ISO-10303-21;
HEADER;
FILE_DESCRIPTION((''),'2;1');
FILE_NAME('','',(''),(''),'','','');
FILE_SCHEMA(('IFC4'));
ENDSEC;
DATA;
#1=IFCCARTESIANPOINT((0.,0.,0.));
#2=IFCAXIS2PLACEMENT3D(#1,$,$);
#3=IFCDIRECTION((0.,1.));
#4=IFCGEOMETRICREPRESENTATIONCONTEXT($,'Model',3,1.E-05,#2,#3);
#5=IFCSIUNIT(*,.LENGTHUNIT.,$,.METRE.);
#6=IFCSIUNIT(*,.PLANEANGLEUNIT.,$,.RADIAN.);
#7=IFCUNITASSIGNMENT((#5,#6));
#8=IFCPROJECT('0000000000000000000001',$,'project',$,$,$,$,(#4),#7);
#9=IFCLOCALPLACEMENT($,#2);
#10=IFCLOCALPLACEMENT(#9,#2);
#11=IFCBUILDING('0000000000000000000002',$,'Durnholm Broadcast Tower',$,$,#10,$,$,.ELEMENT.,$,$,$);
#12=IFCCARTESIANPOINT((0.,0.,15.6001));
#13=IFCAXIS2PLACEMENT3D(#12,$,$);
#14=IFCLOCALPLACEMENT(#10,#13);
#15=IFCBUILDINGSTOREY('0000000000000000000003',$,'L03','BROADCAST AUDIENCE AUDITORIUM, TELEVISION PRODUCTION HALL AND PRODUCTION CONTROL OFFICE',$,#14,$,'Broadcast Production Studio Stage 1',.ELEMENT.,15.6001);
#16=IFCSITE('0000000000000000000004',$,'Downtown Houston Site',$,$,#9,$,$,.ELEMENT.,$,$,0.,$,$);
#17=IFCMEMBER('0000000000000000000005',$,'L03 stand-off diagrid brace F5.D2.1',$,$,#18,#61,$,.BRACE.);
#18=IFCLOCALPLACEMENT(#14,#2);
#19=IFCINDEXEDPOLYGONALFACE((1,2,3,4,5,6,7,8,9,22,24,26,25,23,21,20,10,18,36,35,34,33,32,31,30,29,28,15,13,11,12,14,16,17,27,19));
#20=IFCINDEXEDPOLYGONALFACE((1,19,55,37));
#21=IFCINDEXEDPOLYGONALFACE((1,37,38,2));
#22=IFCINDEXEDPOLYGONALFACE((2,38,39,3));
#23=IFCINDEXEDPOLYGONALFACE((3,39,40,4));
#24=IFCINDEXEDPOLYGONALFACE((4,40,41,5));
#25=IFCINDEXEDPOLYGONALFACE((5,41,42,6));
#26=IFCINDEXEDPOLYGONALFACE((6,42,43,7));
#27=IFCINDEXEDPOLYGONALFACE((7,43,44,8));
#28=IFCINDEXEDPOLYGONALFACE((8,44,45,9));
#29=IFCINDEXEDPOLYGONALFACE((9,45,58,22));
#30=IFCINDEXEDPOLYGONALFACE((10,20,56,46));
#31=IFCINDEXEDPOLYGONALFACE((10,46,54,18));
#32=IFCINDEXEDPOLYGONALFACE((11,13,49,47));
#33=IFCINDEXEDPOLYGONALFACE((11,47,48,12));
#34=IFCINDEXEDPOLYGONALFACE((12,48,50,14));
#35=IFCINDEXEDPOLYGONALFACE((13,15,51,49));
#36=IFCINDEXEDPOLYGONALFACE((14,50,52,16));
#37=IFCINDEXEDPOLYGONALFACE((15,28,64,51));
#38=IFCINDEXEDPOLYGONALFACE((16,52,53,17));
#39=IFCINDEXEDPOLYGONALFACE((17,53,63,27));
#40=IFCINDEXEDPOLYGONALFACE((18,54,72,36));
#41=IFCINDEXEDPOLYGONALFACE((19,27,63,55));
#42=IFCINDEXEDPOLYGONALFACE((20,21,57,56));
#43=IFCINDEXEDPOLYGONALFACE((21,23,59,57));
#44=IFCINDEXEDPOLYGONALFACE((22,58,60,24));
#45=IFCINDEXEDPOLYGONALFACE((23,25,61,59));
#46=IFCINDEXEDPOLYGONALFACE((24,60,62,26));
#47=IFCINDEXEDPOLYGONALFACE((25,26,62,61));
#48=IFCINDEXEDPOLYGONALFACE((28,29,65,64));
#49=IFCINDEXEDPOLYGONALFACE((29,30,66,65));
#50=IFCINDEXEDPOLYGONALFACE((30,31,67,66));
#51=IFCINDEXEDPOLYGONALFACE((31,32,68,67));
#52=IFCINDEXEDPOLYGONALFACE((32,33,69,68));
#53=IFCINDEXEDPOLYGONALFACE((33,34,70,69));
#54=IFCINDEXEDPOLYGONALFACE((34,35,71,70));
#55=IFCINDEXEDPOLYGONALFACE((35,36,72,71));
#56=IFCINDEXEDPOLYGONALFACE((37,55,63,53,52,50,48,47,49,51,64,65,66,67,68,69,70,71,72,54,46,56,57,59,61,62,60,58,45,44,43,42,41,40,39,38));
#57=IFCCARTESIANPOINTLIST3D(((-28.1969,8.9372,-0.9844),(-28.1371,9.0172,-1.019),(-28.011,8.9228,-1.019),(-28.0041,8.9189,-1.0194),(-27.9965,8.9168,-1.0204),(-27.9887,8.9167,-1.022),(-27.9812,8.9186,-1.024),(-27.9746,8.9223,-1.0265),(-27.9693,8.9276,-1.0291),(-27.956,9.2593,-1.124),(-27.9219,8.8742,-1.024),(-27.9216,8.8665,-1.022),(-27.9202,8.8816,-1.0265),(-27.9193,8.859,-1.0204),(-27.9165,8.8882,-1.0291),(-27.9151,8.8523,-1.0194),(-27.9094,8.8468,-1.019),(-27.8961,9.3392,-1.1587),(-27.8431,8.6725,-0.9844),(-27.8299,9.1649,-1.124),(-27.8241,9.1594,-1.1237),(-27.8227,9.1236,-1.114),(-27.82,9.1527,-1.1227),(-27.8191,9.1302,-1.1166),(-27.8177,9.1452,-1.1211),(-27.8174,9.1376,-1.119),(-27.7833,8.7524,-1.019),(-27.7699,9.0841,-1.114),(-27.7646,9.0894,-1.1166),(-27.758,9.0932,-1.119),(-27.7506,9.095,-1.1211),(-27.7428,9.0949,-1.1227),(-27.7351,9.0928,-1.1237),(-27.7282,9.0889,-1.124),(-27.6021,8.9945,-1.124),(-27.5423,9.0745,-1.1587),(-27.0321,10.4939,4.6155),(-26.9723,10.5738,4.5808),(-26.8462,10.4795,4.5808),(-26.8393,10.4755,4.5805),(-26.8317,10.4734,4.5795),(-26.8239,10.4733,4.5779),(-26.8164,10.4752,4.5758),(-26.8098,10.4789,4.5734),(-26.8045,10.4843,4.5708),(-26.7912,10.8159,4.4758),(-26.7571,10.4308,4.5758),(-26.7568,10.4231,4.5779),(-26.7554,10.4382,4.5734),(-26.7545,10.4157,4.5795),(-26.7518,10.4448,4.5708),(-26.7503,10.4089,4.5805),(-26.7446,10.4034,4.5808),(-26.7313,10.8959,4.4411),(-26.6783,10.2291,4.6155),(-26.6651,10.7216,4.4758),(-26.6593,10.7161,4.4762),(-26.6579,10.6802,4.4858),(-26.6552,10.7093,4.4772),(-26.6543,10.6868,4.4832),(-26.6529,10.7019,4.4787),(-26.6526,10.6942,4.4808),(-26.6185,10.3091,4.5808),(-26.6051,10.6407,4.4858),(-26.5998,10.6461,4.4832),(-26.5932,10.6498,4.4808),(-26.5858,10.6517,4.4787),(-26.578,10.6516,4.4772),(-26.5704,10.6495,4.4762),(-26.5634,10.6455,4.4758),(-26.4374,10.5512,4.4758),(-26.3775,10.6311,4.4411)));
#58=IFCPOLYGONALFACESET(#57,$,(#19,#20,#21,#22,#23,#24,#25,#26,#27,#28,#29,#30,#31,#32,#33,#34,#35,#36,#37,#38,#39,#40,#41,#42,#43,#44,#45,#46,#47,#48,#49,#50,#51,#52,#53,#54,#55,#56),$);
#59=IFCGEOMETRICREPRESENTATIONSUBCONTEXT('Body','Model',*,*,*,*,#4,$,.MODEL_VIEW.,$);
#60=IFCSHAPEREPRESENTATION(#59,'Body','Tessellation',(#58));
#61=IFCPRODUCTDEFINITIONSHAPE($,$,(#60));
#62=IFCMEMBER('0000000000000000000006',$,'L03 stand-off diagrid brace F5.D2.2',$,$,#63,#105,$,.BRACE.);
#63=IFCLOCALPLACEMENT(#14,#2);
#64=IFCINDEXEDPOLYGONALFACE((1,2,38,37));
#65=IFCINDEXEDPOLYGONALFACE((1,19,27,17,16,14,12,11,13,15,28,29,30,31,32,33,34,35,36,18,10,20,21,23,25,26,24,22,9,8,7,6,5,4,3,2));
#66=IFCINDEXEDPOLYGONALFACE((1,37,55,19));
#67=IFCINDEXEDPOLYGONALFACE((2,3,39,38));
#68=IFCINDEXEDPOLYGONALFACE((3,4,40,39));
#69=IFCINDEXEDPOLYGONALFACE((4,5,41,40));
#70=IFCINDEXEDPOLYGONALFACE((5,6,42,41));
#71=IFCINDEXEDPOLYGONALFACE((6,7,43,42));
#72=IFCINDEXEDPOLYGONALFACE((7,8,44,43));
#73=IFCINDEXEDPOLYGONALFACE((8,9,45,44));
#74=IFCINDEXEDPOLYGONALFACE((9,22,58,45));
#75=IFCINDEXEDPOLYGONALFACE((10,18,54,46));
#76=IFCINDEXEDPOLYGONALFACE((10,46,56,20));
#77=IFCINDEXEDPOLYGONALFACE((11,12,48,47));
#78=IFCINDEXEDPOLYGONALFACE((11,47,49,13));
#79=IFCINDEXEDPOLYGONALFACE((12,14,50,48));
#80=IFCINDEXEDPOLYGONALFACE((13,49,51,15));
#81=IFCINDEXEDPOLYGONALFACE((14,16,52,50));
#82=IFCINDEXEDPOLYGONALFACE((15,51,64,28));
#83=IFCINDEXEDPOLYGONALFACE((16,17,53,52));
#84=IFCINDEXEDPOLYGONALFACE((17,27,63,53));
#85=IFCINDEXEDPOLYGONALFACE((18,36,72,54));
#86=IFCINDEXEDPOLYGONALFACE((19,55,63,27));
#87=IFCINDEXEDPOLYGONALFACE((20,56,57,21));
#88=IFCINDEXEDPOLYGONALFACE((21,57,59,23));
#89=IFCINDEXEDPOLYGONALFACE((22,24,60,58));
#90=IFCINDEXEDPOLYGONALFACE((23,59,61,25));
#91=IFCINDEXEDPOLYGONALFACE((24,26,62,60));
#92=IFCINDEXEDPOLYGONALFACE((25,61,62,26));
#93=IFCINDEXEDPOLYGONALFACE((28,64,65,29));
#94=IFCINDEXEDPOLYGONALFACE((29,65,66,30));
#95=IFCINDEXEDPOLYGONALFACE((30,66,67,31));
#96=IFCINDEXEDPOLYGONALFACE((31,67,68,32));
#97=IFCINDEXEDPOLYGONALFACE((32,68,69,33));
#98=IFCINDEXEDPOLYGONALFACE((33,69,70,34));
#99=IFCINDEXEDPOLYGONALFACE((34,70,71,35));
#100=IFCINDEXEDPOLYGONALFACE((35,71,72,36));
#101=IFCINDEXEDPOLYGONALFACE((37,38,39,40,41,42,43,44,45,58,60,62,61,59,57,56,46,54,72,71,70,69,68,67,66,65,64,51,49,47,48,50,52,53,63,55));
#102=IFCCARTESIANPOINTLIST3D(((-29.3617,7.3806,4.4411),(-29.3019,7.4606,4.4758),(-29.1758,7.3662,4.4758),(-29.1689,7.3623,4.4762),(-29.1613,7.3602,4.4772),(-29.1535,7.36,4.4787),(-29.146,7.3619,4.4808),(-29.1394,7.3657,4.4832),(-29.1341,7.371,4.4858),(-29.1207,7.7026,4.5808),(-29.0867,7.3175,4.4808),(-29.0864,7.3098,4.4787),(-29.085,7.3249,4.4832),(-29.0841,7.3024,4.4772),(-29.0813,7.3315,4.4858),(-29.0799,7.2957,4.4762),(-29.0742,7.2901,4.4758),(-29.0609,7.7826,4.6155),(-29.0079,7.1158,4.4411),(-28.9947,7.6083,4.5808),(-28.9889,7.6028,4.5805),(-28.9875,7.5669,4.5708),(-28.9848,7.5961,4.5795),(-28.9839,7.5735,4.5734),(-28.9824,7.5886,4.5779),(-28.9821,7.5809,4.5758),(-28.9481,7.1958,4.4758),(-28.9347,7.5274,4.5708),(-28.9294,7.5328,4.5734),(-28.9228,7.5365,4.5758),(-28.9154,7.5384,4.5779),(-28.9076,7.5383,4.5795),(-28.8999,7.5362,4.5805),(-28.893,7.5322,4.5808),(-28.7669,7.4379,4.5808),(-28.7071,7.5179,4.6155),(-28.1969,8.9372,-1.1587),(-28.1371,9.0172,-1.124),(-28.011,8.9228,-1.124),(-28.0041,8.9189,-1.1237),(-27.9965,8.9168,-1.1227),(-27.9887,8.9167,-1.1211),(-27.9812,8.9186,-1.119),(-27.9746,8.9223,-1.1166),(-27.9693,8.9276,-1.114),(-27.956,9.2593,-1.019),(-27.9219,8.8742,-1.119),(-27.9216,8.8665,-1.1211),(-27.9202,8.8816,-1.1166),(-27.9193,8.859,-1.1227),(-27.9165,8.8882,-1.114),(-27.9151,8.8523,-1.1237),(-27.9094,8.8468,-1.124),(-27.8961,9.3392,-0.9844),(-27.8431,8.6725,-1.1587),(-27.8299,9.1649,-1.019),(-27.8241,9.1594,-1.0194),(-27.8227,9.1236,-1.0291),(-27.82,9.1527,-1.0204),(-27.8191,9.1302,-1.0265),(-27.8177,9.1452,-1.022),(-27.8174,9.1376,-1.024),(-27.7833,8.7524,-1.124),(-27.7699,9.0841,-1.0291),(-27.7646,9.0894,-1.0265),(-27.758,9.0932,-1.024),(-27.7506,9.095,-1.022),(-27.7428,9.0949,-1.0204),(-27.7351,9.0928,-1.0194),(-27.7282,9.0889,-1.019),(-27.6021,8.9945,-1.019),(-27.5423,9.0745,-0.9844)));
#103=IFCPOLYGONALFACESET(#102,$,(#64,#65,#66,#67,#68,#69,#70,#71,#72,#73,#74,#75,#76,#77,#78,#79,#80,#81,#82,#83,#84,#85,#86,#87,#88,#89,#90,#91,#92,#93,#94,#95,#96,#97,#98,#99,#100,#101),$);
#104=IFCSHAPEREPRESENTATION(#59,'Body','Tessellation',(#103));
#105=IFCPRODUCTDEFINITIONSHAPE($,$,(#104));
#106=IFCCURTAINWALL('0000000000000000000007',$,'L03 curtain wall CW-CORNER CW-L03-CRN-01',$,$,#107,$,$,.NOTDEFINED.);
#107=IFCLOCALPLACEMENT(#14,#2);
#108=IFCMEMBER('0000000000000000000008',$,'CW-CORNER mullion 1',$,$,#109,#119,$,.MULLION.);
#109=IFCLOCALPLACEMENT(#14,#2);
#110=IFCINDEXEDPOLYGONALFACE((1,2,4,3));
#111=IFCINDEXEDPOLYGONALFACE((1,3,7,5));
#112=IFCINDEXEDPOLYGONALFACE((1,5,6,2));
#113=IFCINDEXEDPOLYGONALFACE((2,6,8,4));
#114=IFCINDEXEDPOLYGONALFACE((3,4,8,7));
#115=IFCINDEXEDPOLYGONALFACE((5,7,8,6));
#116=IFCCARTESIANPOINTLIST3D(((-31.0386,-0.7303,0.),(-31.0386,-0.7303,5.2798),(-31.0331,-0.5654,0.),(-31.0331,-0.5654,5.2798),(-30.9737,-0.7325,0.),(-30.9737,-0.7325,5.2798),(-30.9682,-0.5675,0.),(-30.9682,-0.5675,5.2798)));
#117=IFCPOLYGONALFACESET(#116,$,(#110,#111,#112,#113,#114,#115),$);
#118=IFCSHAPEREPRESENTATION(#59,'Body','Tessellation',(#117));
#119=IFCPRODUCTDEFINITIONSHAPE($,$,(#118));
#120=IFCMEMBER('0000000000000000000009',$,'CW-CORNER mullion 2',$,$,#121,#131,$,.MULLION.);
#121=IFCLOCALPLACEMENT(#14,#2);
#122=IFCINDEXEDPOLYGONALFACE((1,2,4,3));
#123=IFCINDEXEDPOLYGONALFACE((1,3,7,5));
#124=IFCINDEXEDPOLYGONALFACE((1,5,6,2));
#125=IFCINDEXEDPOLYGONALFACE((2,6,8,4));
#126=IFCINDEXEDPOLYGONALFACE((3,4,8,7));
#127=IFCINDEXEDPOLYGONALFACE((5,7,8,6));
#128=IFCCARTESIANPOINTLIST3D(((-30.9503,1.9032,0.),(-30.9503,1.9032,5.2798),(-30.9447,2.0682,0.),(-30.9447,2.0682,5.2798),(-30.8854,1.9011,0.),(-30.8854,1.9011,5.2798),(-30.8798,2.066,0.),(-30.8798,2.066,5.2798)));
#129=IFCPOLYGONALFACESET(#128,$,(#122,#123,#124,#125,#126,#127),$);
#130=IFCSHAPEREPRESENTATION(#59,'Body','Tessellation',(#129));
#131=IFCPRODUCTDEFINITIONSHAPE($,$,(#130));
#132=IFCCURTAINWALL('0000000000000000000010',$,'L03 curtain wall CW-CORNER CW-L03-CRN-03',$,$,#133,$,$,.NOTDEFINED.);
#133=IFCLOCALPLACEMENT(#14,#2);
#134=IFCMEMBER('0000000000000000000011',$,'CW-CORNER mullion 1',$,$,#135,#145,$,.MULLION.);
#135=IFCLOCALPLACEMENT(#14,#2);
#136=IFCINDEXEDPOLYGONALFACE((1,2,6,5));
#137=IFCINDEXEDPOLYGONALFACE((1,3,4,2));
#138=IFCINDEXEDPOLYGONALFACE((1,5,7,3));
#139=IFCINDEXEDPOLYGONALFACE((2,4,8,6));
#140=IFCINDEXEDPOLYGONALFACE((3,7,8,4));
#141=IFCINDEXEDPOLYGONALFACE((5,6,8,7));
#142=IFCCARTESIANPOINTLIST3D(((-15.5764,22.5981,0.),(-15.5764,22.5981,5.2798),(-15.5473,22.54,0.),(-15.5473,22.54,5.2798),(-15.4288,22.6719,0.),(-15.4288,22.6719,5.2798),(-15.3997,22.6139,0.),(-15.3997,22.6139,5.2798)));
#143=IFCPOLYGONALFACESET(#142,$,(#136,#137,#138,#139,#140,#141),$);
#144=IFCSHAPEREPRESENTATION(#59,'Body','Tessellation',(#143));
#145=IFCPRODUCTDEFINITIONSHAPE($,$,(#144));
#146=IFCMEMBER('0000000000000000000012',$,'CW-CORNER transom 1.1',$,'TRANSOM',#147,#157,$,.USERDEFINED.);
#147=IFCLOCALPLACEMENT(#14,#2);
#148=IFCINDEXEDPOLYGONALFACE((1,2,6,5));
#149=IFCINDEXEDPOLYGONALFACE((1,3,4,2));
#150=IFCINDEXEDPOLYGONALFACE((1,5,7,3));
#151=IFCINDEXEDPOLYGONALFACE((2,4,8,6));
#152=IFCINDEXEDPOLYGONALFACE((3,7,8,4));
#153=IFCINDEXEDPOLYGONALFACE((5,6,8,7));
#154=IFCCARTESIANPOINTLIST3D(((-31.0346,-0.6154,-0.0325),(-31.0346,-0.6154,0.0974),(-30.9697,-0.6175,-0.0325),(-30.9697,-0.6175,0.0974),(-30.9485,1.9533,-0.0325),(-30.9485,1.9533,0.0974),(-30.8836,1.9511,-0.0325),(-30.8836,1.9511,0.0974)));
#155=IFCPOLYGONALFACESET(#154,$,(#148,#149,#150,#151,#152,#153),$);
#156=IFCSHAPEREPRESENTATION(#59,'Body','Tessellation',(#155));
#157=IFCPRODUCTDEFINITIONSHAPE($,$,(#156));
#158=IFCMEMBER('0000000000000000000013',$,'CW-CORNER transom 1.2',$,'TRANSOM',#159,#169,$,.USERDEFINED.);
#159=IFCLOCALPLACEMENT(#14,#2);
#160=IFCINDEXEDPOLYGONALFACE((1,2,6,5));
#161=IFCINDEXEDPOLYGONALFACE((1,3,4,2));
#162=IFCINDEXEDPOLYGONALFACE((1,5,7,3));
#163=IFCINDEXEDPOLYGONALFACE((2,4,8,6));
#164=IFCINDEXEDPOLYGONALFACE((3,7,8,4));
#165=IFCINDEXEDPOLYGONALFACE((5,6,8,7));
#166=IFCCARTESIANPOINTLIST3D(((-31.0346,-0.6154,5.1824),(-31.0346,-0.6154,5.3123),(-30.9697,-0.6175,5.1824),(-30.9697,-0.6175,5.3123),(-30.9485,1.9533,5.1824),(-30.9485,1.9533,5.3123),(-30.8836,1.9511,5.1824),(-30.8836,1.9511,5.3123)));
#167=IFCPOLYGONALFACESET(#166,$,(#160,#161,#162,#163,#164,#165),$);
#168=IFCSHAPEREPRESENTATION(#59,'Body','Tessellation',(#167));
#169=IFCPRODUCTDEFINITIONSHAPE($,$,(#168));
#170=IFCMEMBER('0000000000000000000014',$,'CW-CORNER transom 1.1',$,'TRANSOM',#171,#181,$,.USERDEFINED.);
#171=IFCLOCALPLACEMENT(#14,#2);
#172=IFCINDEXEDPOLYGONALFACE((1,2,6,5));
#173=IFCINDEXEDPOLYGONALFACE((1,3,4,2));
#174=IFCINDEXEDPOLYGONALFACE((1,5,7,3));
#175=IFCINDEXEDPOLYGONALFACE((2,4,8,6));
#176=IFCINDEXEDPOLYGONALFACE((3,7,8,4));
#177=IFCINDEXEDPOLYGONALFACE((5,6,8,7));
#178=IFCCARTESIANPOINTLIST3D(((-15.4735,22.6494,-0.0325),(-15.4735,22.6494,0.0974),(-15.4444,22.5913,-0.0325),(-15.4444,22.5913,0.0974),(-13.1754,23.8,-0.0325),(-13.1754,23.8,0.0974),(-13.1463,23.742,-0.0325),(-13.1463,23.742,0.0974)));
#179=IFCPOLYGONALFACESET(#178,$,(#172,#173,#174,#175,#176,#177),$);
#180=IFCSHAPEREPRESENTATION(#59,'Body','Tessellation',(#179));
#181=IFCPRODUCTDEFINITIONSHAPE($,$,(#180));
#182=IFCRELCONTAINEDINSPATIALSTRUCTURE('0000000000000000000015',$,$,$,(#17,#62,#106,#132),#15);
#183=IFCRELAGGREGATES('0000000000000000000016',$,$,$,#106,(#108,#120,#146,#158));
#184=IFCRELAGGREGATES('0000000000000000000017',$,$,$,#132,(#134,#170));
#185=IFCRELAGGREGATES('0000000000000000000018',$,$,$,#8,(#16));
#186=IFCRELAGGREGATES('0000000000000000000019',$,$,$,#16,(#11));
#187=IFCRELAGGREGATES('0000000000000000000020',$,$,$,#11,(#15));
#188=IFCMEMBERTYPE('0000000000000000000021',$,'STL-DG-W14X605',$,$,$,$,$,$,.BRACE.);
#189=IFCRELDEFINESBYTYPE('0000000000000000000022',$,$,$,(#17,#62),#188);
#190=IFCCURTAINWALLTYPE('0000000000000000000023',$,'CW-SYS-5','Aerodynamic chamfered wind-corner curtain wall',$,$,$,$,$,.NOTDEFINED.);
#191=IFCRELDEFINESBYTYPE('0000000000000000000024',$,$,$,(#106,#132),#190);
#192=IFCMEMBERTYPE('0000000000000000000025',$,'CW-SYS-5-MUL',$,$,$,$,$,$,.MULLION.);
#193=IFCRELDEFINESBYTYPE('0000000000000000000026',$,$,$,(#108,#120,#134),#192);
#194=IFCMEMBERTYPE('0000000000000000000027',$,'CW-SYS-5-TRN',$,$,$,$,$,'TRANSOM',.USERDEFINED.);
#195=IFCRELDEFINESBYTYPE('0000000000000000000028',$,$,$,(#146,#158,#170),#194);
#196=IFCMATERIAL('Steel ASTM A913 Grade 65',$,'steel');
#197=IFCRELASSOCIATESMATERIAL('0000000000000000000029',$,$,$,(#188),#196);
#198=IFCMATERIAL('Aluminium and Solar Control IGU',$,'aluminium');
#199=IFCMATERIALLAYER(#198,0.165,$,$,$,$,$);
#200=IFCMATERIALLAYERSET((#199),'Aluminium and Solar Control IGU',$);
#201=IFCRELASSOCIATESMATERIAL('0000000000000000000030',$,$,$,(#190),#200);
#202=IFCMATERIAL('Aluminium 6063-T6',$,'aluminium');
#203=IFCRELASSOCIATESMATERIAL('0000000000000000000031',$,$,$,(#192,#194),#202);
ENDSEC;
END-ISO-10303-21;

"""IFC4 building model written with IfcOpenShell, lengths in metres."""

from ifc_helpers import new_model, si_unit, direction, frame, origin, origin_2d, place, context, subcontext, project, spatial, rectangle, i_section, extrude, source, transform, mapped, material, layer, layer_set, material_profile, profile_set, type_object, type_shapes, element, aggregate, save


model = new_model("IFC4")

# Units and contexts
model_context = context("Model", 3, precision=1e-05, world=origin(), true_north=direction((0.0, 1.0)))
body_context = subcontext(model_context, "Body", "Model", "MODEL_VIEW")
ifc_project = project(units=[si_unit("LENGTHUNIT", "METRE"), si_unit("PLANEANGLEUNIT", "RADIAN")], contexts=[model_context])

# Site, building, storey
site_placement = place(None, origin())
site = spatial("IfcSite", under=ifc_project, at=site_placement, Name="Downtown Houston Site", CompositionType="ELEMENT", RefElevation=0.0)
building_placement = place(site_placement, origin())
building = spatial("IfcBuilding", under=site, at=building_placement, Name="Durnholm Broadcast Tower", CompositionType="ELEMENT")
storey_placement = place(building_placement, frame((0.0, 0.0, 15.6001)))
storey = spatial("IfcBuildingStorey", under=building, at=storey_placement, Name="L03", Description="BROADCAST AUDIENCE AUDITORIUM, TELEVISION PRODUCTION HALL AND PRODUCTION CONTROL OFFICE", LongName="Broadcast Production Studio Stage 1", CompositionType="ELEMENT", Elevation=15.6001)

# Shared definitions
ifc_material_1 = material(Name="Steel ASTM A913 Grade 65", Category="steel")

# Members
ifc_material_profile_1 = material_profile(ifc_material_1, i_section(OverallWidth=0.4419, OverallDepth=0.5315, WebThickness=0.0659, FlangeThickness=0.1057, FilletRadius=0.0305, at=origin_2d()), Name="W14X605")
ifc_profile_set_1 = profile_set([ifc_material_profile_1], Name="Steel ASTM A913 Grade 65")
member_type_1 = type_object("IfcMemberType", Name="STL-DG-W14X605", PredefinedType="BRACE", material=ifc_profile_set_1)
shared_shape_1 = source(origin(), body_context, "Body", "SweptSolid", [
    extrude(i_section(OverallWidth=0.4419, OverallDepth=0.5315, WebThickness=0.0659, FlangeThickness=0.1057, FilletRadius=0.0305, at=origin_2d()), origin(), (0.0, 0.0, 1.0), 5.9277),
])
type_shapes(member_type_1, [shared_shape_1])
for number, where, z_axis, x_axis, name in (
    (1, (-27.8696, 9.0059, -1.0715), (0.196499, 0.262602, 0.944684), (-0.800663, 0.599116, 0.0), "L03 stand-off diagrid brace F5.D2.1"),
    (2, (-27.8696, 9.0059, -1.0715), (-0.196499, -0.262602, 0.944684), (0.800663, -0.599116, 0.0), "L03 stand-off diagrid brace F5.D2.2"),
):
    element("IfcMember", number, at=place(storey_placement, frame(where, z_axis=z_axis, x_axis=x_axis)), inside=storey, type_object=member_type_1, Name=name, PredefinedType="BRACE", context=body_context, shape_type="MappedRepresentation", body=[
        mapped(shared_shape_1, transform((0.0, 0.0, 0.0), x_axis=(1.0, 0.0, 0.0), y_axis=(0.0, 1.0, 0.0), z_axis=(0.0, 0.0, 1.0), scale=1.0)),
    ])

# Curtain wall, members
ifc_material_2 = material(Name="Aluminium and Solar Control IGU", Category="aluminium")
ifc_layer_1 = layer(ifc_material_2, 0.165)
ifc_layer_set_1 = layer_set([ifc_layer_1], Name="Aluminium and Solar Control IGU")
curtain_wall_type_1 = type_object("IfcCurtainWallType", Name="CW-SYS-5", Description="Aerodynamic chamfered wind-corner curtain wall", PredefinedType="NOTDEFINED", material=ifc_layer_set_1)
curtain_wall_1_placement = place(storey_placement, origin())
curtain_wall_1 = element("IfcCurtainWall", 3, at=curtain_wall_1_placement, inside=storey, type_object=curtain_wall_type_1, Name="L03 curtain wall CW-CORNER CW-L03-CRN-01", PredefinedType="NOTDEFINED")
ifc_material_3 = material(Name="Aluminium 6063-T6", Category="aluminium")
ifc_material_profile_2 = material_profile(ifc_material_3, rectangle(XDim=0.0649, YDim=0.165, at=origin_2d()), Name="CWM65X165")
ifc_profile_set_2 = profile_set([ifc_material_profile_2], Name="Aluminium 6063-T6")
member_type_2 = type_object("IfcMemberType", Name="CW-SYS-5-MUL", PredefinedType="MULLION", material=ifc_profile_set_2)
shared_shape_2 = source(origin(), body_context, "Body", "SweptSolid", [
    extrude(rectangle(XDim=0.0649, YDim=0.165, at=origin_2d()), origin(), (0.0, 0.0, 1.0), 5.2798),
])
type_shapes(member_type_2, [shared_shape_2])
member_1_placement = place(storey_placement, frame((-31.0034, -0.6489, 0.0), z_axis=(0.0, 0.0, 1.0), x_axis=(-0.999437, 0.033557, 0.0)))
member_1 = element("IfcMember", 4, at=member_1_placement, type_object=member_type_2, Name="CW-CORNER mullion 1", PredefinedType="MULLION", context=body_context, shape_type="MappedRepresentation", body=[
    mapped(shared_shape_2, transform((0.0, 0.0, 0.0), x_axis=(1.0, 0.0, 0.0), y_axis=(0.0, 1.0, 0.0), z_axis=(0.0, 0.0, 1.0), scale=1.0)),
])
member_2_placement = place(storey_placement, frame((-30.915, 1.9846, 0.0), z_axis=(0.0, 0.0, 1.0), x_axis=(-0.999437, 0.033557, 0.0)))
member_2 = element("IfcMember", 5, at=member_2_placement, type_object=member_type_2, Name="CW-CORNER mullion 2", PredefinedType="MULLION", context=body_context, shape_type="MappedRepresentation", body=[
    mapped(shared_shape_2, transform((0.0, 0.0, 0.0), x_axis=(1.0, 0.0, 0.0), y_axis=(0.0, 1.0, 0.0), z_axis=(0.0, 0.0, 1.0), scale=1.0)),
])

# Curtain wall, member
curtain_wall_2_placement = place(storey_placement, origin())
curtain_wall_2 = element("IfcCurtainWall", 6, at=curtain_wall_2_placement, inside=storey, type_object=curtain_wall_type_1, Name="L03 curtain wall CW-CORNER CW-L03-CRN-03", PredefinedType="NOTDEFINED")
member_3_placement = place(storey_placement, frame((-15.488, 22.606, 0.0), z_axis=(0.0, 0.0, 1.0), x_axis=(-0.447673, 0.894197, 0.0)))
member_3 = element("IfcMember", 7, at=member_3_placement, type_object=member_type_2, Name="CW-CORNER mullion 1", PredefinedType="MULLION", context=body_context, shape_type="MappedRepresentation", body=[
    mapped(shared_shape_2, transform((0.0, 0.0, 0.0), x_axis=(1.0, 0.0, 0.0), y_axis=(0.0, 1.0, 0.0), z_axis=(0.0, 0.0, 1.0), scale=1.0)),
])

# Members
ifc_material_profile_3 = material_profile(ifc_material_3, rectangle(XDim=0.0649, YDim=0.1299, at=origin_2d()), Name="CWT65X130")
ifc_profile_set_3 = profile_set([ifc_material_profile_3], Name="Aluminium 6063-T6")
member_type_3 = type_object("IfcMemberType", Name="CW-SYS-5-TRN", ElementType="TRANSOM", PredefinedType="USERDEFINED", material=ifc_profile_set_3)
shared_shape_3 = source(origin(), body_context, "Body", "SweptSolid", [
    extrude(rectangle(XDim=0.0649, YDim=0.1299, at=origin_2d()), origin(), (0.0, 0.0, 1.0), 2.5701),
])
type_shapes(member_type_3, [shared_shape_3])
member_4_placement = place(storey_placement, frame((-31.0022, -0.6165, 0.0325), z_axis=(0.033533, 0.999438, 0.0), x_axis=(-0.999438, 0.033533, 0.0)))
member_4 = element("IfcMember", 8, at=member_4_placement, type_object=member_type_3, Name="CW-CORNER transom 1.1", ObjectType="TRANSOM", PredefinedType="USERDEFINED", context=body_context, shape_type="MappedRepresentation", body=[
    mapped(shared_shape_3, transform((0.0, 0.0, 0.0), x_axis=(1.0, 0.0, 0.0), y_axis=(0.0, 1.0, 0.0), z_axis=(0.0, 0.0, 1.0), scale=1.0)),
])
member_5_placement = place(storey_placement, frame((-31.0022, -0.6165, 5.2473), z_axis=(0.033533, 0.999438, 0.0), x_axis=(-0.999438, 0.033533, 0.0)))
member_5 = element("IfcMember", 9, at=member_5_placement, type_object=member_type_3, Name="CW-CORNER transom 1.2", ObjectType="TRANSOM", PredefinedType="USERDEFINED", context=body_context, shape_type="MappedRepresentation", body=[
    mapped(shared_shape_3, transform((0.0, 0.0, 0.0), x_axis=(1.0, 0.0, 0.0), y_axis=(0.0, 1.0, 0.0), z_axis=(0.0, 0.0, 1.0), scale=1.0)),
])
member_6_placement = place(storey_placement, frame((-15.459, 22.6204, 0.0325), z_axis=(0.89418, 0.447707, 0.0), x_axis=(-0.447707, 0.89418, 0.0)))
member_6 = element("IfcMember", 10, at=member_6_placement, type_object=member_type_3, Name="CW-CORNER transom 1.1", ObjectType="TRANSOM", PredefinedType="USERDEFINED", context=body_context, shape_type="MappedRepresentation", body=[
    mapped(shared_shape_3, transform((0.0, 0.0, 0.0), x_axis=(1.0, 0.0, 0.0), y_axis=(0.0, 1.0, 0.0), z_axis=(0.0, 0.0, 1.0), scale=1.0)),
])

aggregate(curtain_wall_1, [member_1, member_2, member_4, member_5])
aggregate(curtain_wall_2, [member_3, member_6])

save(model, "model.ifc")
